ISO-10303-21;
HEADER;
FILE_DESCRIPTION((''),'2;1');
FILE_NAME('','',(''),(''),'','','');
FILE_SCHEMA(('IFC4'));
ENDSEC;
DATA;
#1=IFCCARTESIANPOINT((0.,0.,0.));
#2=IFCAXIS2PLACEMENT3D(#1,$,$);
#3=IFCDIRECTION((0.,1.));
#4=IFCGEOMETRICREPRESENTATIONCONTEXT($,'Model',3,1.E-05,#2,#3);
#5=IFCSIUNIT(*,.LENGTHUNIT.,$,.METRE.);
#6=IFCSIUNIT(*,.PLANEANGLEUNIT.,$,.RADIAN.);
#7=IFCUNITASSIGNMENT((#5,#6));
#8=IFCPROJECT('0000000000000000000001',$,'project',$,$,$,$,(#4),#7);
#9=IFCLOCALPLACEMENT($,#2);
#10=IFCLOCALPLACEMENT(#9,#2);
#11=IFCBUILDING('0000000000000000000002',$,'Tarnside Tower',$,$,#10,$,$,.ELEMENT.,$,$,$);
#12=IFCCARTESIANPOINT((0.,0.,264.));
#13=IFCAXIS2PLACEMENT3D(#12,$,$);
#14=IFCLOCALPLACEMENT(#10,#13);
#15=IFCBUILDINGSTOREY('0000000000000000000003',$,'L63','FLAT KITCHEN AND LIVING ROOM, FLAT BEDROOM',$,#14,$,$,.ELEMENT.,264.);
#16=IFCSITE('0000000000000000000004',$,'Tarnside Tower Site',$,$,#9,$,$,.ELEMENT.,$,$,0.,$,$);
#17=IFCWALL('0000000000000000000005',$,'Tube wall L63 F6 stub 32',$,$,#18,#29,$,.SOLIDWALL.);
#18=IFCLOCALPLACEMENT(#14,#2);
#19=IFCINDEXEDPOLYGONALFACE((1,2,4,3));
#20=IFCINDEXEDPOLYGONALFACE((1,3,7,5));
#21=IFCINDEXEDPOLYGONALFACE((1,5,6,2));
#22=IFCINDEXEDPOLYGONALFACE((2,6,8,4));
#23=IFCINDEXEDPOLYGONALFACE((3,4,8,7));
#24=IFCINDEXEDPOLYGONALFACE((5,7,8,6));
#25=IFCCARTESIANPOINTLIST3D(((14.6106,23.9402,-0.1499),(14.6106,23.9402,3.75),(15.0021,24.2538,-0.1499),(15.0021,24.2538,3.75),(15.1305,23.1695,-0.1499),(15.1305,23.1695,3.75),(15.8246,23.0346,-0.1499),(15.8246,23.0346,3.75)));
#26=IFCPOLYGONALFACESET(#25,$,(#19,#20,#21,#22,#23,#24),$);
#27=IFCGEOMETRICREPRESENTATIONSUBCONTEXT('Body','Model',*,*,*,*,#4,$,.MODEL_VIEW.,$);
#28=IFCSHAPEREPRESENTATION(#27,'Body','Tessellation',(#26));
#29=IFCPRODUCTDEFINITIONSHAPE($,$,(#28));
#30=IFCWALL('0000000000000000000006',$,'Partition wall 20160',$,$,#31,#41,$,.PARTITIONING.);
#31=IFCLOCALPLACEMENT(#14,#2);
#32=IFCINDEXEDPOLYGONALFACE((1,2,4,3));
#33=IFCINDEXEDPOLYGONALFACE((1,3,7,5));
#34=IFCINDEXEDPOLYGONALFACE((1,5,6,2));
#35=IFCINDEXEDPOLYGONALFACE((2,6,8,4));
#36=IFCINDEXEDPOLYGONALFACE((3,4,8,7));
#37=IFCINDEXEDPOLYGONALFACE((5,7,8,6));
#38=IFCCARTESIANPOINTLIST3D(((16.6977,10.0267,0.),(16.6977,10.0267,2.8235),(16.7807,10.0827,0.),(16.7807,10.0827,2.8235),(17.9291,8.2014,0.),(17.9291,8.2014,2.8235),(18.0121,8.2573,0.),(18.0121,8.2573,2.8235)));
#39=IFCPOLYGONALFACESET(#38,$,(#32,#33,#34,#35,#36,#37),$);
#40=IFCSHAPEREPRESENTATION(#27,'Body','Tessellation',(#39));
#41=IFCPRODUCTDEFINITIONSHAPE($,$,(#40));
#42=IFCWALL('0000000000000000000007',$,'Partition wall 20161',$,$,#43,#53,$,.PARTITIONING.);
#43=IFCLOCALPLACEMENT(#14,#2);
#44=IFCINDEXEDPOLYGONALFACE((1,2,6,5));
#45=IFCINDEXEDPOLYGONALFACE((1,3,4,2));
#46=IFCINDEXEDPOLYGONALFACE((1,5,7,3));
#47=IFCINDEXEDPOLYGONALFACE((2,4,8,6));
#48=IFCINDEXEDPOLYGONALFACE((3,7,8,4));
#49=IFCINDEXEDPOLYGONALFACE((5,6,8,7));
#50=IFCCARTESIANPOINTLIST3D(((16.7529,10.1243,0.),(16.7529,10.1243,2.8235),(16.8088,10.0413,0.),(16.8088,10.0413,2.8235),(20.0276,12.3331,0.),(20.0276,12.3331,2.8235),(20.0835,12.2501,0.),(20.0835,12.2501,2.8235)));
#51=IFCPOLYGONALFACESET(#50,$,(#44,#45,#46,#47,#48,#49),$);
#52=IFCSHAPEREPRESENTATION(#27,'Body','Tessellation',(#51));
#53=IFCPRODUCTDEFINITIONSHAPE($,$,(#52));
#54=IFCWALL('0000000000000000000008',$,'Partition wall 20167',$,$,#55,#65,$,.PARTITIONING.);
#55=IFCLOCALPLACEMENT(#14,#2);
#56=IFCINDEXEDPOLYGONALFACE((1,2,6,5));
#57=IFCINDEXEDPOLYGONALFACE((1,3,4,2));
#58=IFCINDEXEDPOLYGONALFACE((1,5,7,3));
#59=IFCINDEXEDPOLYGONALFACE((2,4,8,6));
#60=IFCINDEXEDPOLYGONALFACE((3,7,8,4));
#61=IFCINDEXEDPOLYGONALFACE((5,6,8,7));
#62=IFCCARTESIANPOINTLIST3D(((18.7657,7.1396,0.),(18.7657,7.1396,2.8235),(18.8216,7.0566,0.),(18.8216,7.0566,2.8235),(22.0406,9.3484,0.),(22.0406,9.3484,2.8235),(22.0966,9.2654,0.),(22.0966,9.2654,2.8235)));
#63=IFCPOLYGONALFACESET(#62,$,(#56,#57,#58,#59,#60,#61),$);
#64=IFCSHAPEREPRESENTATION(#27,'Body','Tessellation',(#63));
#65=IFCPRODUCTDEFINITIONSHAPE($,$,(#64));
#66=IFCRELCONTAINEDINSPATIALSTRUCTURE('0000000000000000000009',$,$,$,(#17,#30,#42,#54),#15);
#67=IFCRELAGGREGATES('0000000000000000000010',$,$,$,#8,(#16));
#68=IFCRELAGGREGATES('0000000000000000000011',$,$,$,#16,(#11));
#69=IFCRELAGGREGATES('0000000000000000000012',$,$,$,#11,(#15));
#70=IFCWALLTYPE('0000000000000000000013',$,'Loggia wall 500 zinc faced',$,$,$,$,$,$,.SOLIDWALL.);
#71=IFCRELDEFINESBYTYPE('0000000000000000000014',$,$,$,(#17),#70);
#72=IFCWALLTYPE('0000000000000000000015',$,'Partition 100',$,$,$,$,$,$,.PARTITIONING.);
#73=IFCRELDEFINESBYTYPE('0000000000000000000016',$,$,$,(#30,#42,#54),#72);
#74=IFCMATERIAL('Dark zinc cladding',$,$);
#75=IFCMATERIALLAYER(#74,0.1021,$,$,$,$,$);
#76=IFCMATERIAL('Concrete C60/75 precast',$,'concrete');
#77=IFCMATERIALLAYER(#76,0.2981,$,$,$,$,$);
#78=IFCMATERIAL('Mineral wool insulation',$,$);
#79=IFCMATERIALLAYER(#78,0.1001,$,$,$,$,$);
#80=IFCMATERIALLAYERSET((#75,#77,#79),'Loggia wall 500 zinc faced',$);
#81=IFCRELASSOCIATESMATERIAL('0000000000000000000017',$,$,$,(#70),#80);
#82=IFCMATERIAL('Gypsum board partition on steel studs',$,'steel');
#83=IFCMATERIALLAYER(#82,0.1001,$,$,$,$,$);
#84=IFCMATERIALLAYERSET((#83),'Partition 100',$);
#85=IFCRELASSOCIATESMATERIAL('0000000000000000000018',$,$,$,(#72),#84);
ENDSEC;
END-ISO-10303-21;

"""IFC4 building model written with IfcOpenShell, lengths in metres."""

from ifc_helpers import new_model, si_unit, direction, frame, frame_2d, origin, place, context, subcontext, project, spatial, polyline, rectangle, outline, extrude, material, layer, layer_set, type_object, element, save


model = new_model("IFC4")

# Units and contexts
model_context = context("Model", 3, precision=1e-05, world=origin(), true_north=direction((0.0, 1.0)))
body_context = subcontext(model_context, "Body", "Model", "MODEL_VIEW")
ifc_project = project(units=[si_unit("LENGTHUNIT", "METRE"), si_unit("PLANEANGLEUNIT", "RADIAN")], contexts=[model_context])

# Site, building, storey
site_placement = place(None, origin())
site = spatial("IfcSite", under=ifc_project, at=site_placement, Name="Tarnside Tower Site", CompositionType="ELEMENT", RefElevation=0.0)
building_placement = place(site_placement, origin())
building = spatial("IfcBuilding", under=site, at=building_placement, Name="Tarnside Tower", CompositionType="ELEMENT")
storey_placement = place(building_placement, frame((0.0, 0.0, 264.0)))
storey = spatial("IfcBuildingStorey", under=building, at=storey_placement, Name="L63", Description="FLAT KITCHEN AND LIVING ROOM, FLAT BEDROOM", CompositionType="ELEMENT", Elevation=264.0)

# Walls
ifc_material_1 = material(Name="Gypsum board partition on steel studs", Category="steel")
ifc_material_2 = material(Name="Dark zinc cladding")
ifc_layer_1 = layer(ifc_material_2, 0.1021)
ifc_material_3 = material(Name="Concrete C60/75 precast", Category="concrete")
ifc_layer_2 = layer(ifc_material_3, 0.2981)
ifc_material_4 = material(Name="Mineral wool insulation")
ifc_layer_3 = layer(ifc_material_4, 0.1001)
ifc_layer_set_1 = layer_set([ifc_layer_1, ifc_layer_2, ifc_layer_3], Name="Loggia wall 500 zinc faced")
wall_type_1 = type_object("IfcWallType", Name="Loggia wall 500 zinc faced", PredefinedType="SOLIDWALL", material=ifc_layer_set_1)
wall_1_placement = place(storey_placement, frame((15.4775, 23.1021, -0.1499), z_axis=(0.0, 0.0, 1.0), x_axis=(-0.559246, 0.829002, 0.0)))
element("IfcWall", 1, at=wall_1_placement, inside=storey, type_object=wall_type_1, Name="Tube wall L63 F6 stub 32", PredefinedType="SOLIDWALL", context=body_context, shape_type="SweptSolid", body=[
    extrude(outline(polyline([(-0.25, -0.25), (1.2207, -0.25), (1.1797, 0.25), (0.25, 0.25), (-0.25, -0.25)])), origin(), (0.0, 0.0, 1.0), 3.8999),
])
ifc_layer_4 = layer(ifc_material_1, 0.1001)
ifc_layer_set_2 = layer_set([ifc_layer_4], Name="Partition 100")
wall_type_2 = type_object("IfcWallType", Name="Partition 100", PredefinedType="PARTITIONING", material=ifc_layer_set_2)
wall_2_placement = place(storey_placement, frame((17.9707, 8.2292, 0.0), z_axis=(0.0, 0.0, 1.0), x_axis=(-0.559246, 0.829002, 0.0)))
element("IfcWall", 2, at=wall_2_placement, inside=storey, type_object=wall_type_2, Name="Partition wall 20160", PredefinedType="PARTITIONING", context=body_context, shape_type="SweptSolid", body=[
    extrude(rectangle(XDim=2.2019, YDim=0.1001, at=frame_2d((1.1011, 0.0))), origin(), (0.0, 0.0, 1.0), 2.8235),
])
wall_3_placement = place(storey_placement, frame((16.7808, 10.0828, 0.0), z_axis=(0.0, 0.0, 1.0), x_axis=(0.829043, 0.559185, 0.0)))
element("IfcWall", 3, at=wall_3_placement, inside=storey, type_object=wall_type_2, Name="Partition wall 20161", PredefinedType="PARTITIONING", context=body_context, shape_type="SweptSolid", body=[
    extrude(rectangle(XDim=3.95, YDim=0.1001, at=frame_2d((1.9751, 0.0))), origin(), (0.0, 0.0, 1.0), 2.8235),
])
wall_4_placement = place(storey_placement, frame((22.0686, 9.3069, 0.0), z_axis=(0.0, 0.0, 1.0), x_axis=(-0.829062, -0.559156, 0.0)))
element("IfcWall", 4, at=wall_4_placement, inside=storey, type_object=wall_type_2, Name="Partition wall 20167", PredefinedType="PARTITIONING", context=body_context, shape_type="SweptSolid", body=[
    extrude(rectangle(XDim=3.9502, YDim=0.1001, at=frame_2d((1.9751, 0.0))), origin(), (0.0, 0.0, 1.0), 2.8235),
])

save(model, "model.ifc")
